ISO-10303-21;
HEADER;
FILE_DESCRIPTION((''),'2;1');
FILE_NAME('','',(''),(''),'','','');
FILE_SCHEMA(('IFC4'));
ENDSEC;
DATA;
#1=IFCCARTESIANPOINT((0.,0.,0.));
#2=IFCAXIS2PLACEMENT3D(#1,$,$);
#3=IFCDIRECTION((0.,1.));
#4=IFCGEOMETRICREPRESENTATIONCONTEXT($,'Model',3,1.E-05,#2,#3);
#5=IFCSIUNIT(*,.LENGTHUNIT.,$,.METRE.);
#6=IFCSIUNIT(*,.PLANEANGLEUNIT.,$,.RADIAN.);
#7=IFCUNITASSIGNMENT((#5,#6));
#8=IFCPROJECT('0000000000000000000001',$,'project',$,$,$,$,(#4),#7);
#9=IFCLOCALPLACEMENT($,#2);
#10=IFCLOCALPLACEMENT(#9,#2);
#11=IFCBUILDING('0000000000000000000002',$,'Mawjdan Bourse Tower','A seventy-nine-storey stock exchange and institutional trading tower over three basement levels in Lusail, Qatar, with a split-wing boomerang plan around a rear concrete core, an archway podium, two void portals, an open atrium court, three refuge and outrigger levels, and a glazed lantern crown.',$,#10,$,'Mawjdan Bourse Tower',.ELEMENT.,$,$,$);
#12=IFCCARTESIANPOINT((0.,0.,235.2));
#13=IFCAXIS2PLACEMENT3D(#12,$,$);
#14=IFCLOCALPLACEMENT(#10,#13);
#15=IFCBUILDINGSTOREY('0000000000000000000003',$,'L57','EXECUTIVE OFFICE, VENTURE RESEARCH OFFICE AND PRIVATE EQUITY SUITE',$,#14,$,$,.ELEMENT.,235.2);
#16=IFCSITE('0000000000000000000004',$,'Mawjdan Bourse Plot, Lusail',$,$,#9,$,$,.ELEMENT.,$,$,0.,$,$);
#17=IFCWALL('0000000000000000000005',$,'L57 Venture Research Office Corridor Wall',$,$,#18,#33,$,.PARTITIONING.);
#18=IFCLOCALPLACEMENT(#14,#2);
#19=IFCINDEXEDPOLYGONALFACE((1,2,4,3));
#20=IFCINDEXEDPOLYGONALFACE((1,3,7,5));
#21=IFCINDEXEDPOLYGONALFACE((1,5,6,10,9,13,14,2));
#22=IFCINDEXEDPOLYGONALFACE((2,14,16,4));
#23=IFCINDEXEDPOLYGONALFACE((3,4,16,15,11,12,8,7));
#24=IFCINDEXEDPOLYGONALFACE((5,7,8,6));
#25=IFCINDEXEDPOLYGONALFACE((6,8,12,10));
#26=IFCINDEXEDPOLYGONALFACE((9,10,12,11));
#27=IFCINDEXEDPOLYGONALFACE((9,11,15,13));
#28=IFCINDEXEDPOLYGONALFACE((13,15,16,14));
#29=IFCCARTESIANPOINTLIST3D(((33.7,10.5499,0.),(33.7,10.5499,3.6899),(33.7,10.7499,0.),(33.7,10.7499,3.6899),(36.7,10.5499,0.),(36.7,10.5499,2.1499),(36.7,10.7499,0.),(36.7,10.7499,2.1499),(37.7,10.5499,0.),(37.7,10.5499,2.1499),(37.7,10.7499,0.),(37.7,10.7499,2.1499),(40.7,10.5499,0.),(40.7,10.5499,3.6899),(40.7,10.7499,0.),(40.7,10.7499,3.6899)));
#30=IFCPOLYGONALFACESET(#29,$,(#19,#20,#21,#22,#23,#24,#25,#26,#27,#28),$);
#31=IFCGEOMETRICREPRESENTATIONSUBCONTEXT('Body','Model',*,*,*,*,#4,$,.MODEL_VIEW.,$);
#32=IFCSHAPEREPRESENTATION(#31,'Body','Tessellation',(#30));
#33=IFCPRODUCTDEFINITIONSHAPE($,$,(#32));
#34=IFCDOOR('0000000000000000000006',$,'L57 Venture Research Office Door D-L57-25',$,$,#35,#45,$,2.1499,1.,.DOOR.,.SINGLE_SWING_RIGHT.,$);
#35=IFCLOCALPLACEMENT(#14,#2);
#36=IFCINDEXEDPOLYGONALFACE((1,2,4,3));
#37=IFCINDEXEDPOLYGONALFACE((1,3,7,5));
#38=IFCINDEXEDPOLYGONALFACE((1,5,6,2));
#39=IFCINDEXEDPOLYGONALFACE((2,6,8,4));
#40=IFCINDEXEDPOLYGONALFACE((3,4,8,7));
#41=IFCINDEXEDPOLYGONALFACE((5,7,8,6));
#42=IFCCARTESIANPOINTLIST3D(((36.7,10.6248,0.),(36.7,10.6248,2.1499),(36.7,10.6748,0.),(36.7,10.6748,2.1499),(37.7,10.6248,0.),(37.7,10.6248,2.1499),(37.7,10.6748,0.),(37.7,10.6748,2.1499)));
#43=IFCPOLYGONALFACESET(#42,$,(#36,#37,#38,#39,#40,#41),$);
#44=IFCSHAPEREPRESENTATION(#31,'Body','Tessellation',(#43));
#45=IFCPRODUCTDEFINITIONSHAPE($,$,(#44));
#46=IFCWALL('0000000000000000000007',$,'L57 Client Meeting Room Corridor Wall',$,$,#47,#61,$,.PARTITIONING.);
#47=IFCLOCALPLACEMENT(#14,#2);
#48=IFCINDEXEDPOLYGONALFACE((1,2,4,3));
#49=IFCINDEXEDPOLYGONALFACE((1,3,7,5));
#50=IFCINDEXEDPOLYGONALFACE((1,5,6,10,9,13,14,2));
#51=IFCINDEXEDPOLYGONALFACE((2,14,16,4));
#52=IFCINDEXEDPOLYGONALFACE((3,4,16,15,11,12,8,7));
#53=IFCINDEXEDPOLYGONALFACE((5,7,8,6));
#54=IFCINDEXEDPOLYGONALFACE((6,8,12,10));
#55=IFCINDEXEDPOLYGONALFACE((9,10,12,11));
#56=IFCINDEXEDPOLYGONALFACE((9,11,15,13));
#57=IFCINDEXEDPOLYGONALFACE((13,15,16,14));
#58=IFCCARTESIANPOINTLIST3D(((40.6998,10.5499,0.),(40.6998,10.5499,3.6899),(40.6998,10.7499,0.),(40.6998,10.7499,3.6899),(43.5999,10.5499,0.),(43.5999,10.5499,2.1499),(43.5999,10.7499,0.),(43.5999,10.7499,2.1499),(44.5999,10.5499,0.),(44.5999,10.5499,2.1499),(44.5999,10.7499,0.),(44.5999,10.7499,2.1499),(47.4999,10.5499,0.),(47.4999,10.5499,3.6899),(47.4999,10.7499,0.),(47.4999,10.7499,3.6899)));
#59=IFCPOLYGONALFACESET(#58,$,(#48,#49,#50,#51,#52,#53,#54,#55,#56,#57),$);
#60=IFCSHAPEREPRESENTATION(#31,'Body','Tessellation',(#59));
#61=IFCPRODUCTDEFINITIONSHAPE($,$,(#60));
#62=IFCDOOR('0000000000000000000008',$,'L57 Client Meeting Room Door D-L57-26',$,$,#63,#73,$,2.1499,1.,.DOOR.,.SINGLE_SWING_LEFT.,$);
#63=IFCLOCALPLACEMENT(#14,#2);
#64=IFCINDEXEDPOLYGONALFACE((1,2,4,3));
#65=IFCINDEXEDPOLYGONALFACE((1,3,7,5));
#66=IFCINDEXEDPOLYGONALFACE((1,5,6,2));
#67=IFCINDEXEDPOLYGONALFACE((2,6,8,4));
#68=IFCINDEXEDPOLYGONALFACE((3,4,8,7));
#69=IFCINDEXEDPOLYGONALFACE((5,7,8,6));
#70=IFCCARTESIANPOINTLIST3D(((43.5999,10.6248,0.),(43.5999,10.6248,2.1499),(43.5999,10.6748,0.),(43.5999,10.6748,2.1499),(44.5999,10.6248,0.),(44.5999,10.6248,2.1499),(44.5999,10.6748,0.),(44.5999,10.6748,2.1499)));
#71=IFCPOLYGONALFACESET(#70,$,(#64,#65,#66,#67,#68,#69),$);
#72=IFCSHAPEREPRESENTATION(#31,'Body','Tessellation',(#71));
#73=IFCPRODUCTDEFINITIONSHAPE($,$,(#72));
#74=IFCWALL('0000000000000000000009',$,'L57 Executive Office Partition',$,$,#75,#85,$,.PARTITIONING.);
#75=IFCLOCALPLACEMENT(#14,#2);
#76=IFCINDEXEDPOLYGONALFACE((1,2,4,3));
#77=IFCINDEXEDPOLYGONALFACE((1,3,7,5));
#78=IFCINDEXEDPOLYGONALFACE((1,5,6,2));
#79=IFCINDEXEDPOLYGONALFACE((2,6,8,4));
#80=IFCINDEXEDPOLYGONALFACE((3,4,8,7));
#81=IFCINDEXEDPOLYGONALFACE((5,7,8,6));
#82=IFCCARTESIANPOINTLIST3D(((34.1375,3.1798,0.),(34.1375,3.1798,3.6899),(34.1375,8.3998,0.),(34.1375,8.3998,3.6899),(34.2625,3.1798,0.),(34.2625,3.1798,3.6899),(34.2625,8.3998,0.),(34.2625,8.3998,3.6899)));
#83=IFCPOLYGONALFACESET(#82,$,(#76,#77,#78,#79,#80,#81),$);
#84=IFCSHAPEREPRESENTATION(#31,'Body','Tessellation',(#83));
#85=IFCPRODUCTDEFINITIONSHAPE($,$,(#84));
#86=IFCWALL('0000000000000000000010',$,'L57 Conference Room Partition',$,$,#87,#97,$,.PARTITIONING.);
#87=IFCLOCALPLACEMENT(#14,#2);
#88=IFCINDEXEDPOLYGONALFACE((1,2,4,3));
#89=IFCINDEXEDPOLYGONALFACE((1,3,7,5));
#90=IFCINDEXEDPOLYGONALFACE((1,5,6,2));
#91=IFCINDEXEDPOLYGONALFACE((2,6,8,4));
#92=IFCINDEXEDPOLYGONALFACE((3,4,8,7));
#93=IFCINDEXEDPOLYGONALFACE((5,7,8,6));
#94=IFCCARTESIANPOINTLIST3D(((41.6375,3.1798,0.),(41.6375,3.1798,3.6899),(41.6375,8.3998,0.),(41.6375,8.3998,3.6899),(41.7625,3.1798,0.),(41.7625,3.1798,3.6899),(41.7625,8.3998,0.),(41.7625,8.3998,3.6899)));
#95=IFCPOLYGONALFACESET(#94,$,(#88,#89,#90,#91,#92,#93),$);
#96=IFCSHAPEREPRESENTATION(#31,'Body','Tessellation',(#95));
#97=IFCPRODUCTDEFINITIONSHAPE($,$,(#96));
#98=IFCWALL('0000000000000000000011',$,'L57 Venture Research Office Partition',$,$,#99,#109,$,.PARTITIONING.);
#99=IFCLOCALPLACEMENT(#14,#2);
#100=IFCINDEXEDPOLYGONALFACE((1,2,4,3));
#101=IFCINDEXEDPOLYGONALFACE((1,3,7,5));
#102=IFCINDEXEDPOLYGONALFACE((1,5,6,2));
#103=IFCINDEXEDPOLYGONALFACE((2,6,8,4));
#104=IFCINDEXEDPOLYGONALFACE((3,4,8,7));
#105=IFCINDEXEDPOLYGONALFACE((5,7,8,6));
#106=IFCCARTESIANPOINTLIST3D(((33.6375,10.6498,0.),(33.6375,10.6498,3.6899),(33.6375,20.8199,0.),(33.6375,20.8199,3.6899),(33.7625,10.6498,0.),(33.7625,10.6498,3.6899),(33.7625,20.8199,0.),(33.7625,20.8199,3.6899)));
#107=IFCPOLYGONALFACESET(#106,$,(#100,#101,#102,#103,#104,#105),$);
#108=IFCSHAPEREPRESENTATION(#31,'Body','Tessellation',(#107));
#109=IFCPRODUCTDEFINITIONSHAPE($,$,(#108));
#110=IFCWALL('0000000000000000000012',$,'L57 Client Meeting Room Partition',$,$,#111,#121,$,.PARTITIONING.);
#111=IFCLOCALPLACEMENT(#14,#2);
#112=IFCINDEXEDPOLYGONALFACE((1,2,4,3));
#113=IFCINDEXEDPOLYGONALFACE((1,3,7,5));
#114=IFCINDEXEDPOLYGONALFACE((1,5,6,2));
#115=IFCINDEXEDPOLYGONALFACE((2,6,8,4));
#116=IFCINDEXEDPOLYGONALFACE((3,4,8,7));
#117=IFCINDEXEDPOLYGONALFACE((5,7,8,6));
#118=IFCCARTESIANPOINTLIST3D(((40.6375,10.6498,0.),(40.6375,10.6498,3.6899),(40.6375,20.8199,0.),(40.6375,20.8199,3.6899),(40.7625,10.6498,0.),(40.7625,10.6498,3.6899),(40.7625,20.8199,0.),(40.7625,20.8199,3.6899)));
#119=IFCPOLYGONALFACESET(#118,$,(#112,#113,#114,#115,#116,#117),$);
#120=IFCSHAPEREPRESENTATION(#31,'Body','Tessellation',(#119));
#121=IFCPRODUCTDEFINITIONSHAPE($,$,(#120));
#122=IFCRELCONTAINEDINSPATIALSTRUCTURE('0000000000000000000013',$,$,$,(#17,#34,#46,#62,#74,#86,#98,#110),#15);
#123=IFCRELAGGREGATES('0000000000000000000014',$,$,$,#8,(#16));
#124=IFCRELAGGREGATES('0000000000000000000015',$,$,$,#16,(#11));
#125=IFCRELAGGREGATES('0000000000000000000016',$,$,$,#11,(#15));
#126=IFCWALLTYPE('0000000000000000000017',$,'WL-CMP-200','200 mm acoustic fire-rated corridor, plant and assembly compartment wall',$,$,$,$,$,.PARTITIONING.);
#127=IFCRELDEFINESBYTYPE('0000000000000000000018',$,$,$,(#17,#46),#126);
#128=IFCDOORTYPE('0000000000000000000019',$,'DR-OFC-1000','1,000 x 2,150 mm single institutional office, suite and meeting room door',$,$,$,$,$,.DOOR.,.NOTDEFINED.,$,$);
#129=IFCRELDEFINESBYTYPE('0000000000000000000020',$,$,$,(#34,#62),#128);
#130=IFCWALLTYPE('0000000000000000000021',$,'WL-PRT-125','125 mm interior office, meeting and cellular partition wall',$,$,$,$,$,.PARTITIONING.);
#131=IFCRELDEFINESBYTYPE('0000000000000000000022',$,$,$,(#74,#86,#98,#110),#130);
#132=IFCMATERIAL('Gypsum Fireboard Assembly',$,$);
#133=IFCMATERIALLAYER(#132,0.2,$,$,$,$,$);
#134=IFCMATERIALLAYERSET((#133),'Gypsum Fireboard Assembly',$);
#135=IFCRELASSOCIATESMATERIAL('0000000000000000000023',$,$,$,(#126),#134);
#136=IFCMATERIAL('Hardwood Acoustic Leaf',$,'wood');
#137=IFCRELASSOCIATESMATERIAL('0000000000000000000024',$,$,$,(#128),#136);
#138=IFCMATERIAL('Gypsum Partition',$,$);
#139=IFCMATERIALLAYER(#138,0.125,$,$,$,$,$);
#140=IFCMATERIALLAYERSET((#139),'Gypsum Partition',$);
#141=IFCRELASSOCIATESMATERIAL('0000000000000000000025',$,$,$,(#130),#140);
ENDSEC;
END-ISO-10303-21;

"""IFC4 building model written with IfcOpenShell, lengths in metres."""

from ifc_helpers import new_model, si_unit, direction, frame, frame_2d, origin, place, context, subcontext, project, spatial, rectangle, extrude, material, layer, layer_set, type_object, element, fill, save


model = new_model("IFC4")

# Units and contexts
model_context = context("Model", 3, precision=1e-05, world=origin(), true_north=direction((0.0, 1.0)))
body_context = subcontext(model_context, "Body", "Model", "MODEL_VIEW")
ifc_project = project(units=[si_unit("LENGTHUNIT", "METRE"), si_unit("PLANEANGLEUNIT", "RADIAN")], contexts=[model_context])

# Site, building, storey
site_placement = place(None, origin())
site = spatial("IfcSite", under=ifc_project, at=site_placement, Name="Mawjdan Bourse Plot, Lusail", CompositionType="ELEMENT", RefElevation=0.0)
building_placement = place(site_placement, origin())
building = spatial("IfcBuilding", under=site, at=building_placement, Name="Mawjdan Bourse Tower", Description="A seventy-nine-storey stock exchange and institutional trading tower over three basement levels in Lusail, Qatar, with a split-wing boomerang plan around a rear concrete core, an archway podium, two void portals, an open atrium court, three refuge and outrigger levels, and a glazed lantern crown.", LongName="Mawjdan Bourse Tower", CompositionType="ELEMENT")
storey_placement = place(building_placement, frame((0.0, 0.0, 235.2)))
storey = spatial("IfcBuildingStorey", under=building, at=storey_placement, Name="L57", Description="EXECUTIVE OFFICE, VENTURE RESEARCH OFFICE AND PRIVATE EQUITY SUITE", CompositionType="ELEMENT", Elevation=235.2)

# Walls, openings, doors
ifc_material_1 = material(Name="Gypsum Fireboard Assembly")
ifc_layer_1 = layer(ifc_material_1, 0.2)
ifc_layer_set_1 = layer_set([ifc_layer_1], Name="Gypsum Fireboard Assembly")
wall_type_1 = type_object("IfcWallType", Name="WL-CMP-200", Description="200 mm acoustic fire-rated corridor, plant and assembly compartment wall", PredefinedType="PARTITIONING", material=ifc_layer_set_1)
ifc_material_2 = material(Name="Hardwood Acoustic Leaf", Category="wood")
door_type_1 = type_object("IfcDoorType", Name="DR-OFC-1000", Description="1,000 x 2,150 mm single institutional office, suite and meeting room door", OperationType="NOTDEFINED", PredefinedType="DOOR", material=ifc_material_2)
wall_1_placement = place(storey_placement, frame((33.7, 10.6499, 0.0), z_axis=(0.0, 0.0, 1.0), x_axis=(1.0, 0.0, 0.0)))
wall_1 = element("IfcWall", 1, at=wall_1_placement, inside=storey, type_object=wall_type_1, Name="L57 Venture Research Office Corridor Wall", PredefinedType="PARTITIONING", context=body_context, shape_type="SweptSolid", body=[
    extrude(rectangle(XDim=7.0, YDim=0.2, at=frame_2d((3.5, 0.0))), origin(), (0.0, 0.0, 1.0), 3.6899),
])
opening_1_placement = place(wall_1_placement, frame((3.0, 0.0, 0.0)))
opening_1 = element("IfcOpeningElement", 2, at=opening_1_placement, cuts=wall_1, PredefinedType="OPENING", context=body_context, shape_type="SweptSolid", body=[
    extrude(rectangle(XDim=1.0, YDim=2.1499, at=frame_2d((0.5, 1.075))), frame((0.0, 0.1099, 0.0), z_axis=(0.0, -1.0, 0.0), x_axis=(1.0, 0.0, 0.0)), (0.0, 0.0, 1.0), 0.22),
])
door_1_placement = place(opening_1_placement, origin())
door_1 = element("IfcDoor", 3, at=door_1_placement, inside=storey, type_object=door_type_1, Name="L57 Venture Research Office Door D-L57-25", OperationType="SINGLE_SWING_RIGHT", OverallHeight=2.1499, OverallWidth=1.0, PredefinedType="DOOR", context=body_context, shape_type="SweptSolid", body=[
    extrude(rectangle(XDim=1.0, YDim=2.1499, at=frame_2d((0.5, 1.075))), frame((0.0, 0.0249, 0.0), z_axis=(0.0, -1.0, 0.0), x_axis=(1.0, 0.0, 0.0)), (0.0, 0.0, 1.0), 0.05),
])
fill(opening_1, door_1)
wall_2_placement = place(storey_placement, frame((40.7, 10.6499, 0.0), z_axis=(0.0, 0.0, 1.0), x_axis=(1.0, 0.0, 0.0)))
wall_2 = element("IfcWall", 4, at=wall_2_placement, inside=storey, type_object=wall_type_1, Name="L57 Client Meeting Room Corridor Wall", PredefinedType="PARTITIONING", context=body_context, shape_type="SweptSolid", body=[
    extrude(rectangle(XDim=6.8, YDim=0.2, at=frame_2d((3.3999, 0.0))), origin(), (0.0, 0.0, 1.0), 3.6899),
])
opening_2_placement = place(wall_2_placement, frame((2.8999, 0.0, 0.0)))
opening_2 = element("IfcOpeningElement", 5, at=opening_2_placement, cuts=wall_2, PredefinedType="OPENING", context=body_context, shape_type="SweptSolid", body=[
    extrude(rectangle(XDim=1.0, YDim=2.1499, at=frame_2d((0.5, 1.075))), frame((0.0, 0.1099, 0.0), z_axis=(0.0, -1.0, 0.0), x_axis=(1.0, 0.0, 0.0)), (0.0, 0.0, 1.0), 0.22),
])
door_2_placement = place(opening_2_placement, origin())
door_2 = element("IfcDoor", 6, at=door_2_placement, inside=storey, type_object=door_type_1, Name="L57 Client Meeting Room Door D-L57-26", OperationType="SINGLE_SWING_LEFT", OverallHeight=2.1499, OverallWidth=1.0, PredefinedType="DOOR", context=body_context, shape_type="SweptSolid", body=[
    extrude(rectangle(XDim=1.0, YDim=2.1499, at=frame_2d((0.5, 1.075))), frame((0.0, 0.0249, 0.0), z_axis=(0.0, -1.0, 0.0), x_axis=(1.0, 0.0, 0.0)), (0.0, 0.0, 1.0), 0.05),
])
fill(opening_2, door_2)

# Walls
ifc_material_3 = material(Name="Gypsum Partition")
ifc_layer_2 = layer(ifc_material_3, 0.125)
ifc_layer_set_2 = layer_set([ifc_layer_2], Name="Gypsum Partition")
wall_type_2 = type_object("IfcWallType", Name="WL-PRT-125", Description="125 mm interior office, meeting and cellular partition wall", PredefinedType="PARTITIONING", material=ifc_layer_set_2)
for number, where, z_axis, x_axis, name in (
    (7, (34.2, 3.1799, 0.0), (0.0, 0.0, 1.0), (0.0, 1.0, 0.0), "L57 Executive Office Partition"),
    (8, (41.7, 3.1799, 0.0), (0.0, 0.0, 1.0), (0.0, 1.0, 0.0), "L57 Conference Room Partition"),
):
    element("IfcWall", number, at=place(storey_placement, frame(where, z_axis=z_axis, x_axis=x_axis)), inside=storey, type_object=wall_type_2, Name=name, PredefinedType="PARTITIONING", context=body_context, shape_type="SweptSolid", body=[
        extrude(rectangle(XDim=5.22, YDim=0.125, at=frame_2d((2.6099, 0.0))), origin(), (0.0, 0.0, 1.0), 3.6899),
    ])
for number, where, z_axis, x_axis, name in (
    (9, (33.7, 10.6499, 0.0), (0.0, 0.0, 1.0), (0.0, 1.0, 0.0), "L57 Venture Research Office Partition"),
    (10, (40.7, 10.6499, 0.0), (0.0, 0.0, 1.0), (0.0, 1.0, 0.0), "L57 Client Meeting Room Partition"),
):
    element("IfcWall", number, at=place(storey_placement, frame(where, z_axis=z_axis, x_axis=x_axis)), inside=storey, type_object=wall_type_2, Name=name, PredefinedType="PARTITIONING", context=body_context, shape_type="SweptSolid", body=[
        extrude(rectangle(XDim=10.1702, YDim=0.125, at=frame_2d((5.085, 0.0))), origin(), (0.0, 0.0, 1.0), 3.6899),
    ])

save(model, "model.ifc")
